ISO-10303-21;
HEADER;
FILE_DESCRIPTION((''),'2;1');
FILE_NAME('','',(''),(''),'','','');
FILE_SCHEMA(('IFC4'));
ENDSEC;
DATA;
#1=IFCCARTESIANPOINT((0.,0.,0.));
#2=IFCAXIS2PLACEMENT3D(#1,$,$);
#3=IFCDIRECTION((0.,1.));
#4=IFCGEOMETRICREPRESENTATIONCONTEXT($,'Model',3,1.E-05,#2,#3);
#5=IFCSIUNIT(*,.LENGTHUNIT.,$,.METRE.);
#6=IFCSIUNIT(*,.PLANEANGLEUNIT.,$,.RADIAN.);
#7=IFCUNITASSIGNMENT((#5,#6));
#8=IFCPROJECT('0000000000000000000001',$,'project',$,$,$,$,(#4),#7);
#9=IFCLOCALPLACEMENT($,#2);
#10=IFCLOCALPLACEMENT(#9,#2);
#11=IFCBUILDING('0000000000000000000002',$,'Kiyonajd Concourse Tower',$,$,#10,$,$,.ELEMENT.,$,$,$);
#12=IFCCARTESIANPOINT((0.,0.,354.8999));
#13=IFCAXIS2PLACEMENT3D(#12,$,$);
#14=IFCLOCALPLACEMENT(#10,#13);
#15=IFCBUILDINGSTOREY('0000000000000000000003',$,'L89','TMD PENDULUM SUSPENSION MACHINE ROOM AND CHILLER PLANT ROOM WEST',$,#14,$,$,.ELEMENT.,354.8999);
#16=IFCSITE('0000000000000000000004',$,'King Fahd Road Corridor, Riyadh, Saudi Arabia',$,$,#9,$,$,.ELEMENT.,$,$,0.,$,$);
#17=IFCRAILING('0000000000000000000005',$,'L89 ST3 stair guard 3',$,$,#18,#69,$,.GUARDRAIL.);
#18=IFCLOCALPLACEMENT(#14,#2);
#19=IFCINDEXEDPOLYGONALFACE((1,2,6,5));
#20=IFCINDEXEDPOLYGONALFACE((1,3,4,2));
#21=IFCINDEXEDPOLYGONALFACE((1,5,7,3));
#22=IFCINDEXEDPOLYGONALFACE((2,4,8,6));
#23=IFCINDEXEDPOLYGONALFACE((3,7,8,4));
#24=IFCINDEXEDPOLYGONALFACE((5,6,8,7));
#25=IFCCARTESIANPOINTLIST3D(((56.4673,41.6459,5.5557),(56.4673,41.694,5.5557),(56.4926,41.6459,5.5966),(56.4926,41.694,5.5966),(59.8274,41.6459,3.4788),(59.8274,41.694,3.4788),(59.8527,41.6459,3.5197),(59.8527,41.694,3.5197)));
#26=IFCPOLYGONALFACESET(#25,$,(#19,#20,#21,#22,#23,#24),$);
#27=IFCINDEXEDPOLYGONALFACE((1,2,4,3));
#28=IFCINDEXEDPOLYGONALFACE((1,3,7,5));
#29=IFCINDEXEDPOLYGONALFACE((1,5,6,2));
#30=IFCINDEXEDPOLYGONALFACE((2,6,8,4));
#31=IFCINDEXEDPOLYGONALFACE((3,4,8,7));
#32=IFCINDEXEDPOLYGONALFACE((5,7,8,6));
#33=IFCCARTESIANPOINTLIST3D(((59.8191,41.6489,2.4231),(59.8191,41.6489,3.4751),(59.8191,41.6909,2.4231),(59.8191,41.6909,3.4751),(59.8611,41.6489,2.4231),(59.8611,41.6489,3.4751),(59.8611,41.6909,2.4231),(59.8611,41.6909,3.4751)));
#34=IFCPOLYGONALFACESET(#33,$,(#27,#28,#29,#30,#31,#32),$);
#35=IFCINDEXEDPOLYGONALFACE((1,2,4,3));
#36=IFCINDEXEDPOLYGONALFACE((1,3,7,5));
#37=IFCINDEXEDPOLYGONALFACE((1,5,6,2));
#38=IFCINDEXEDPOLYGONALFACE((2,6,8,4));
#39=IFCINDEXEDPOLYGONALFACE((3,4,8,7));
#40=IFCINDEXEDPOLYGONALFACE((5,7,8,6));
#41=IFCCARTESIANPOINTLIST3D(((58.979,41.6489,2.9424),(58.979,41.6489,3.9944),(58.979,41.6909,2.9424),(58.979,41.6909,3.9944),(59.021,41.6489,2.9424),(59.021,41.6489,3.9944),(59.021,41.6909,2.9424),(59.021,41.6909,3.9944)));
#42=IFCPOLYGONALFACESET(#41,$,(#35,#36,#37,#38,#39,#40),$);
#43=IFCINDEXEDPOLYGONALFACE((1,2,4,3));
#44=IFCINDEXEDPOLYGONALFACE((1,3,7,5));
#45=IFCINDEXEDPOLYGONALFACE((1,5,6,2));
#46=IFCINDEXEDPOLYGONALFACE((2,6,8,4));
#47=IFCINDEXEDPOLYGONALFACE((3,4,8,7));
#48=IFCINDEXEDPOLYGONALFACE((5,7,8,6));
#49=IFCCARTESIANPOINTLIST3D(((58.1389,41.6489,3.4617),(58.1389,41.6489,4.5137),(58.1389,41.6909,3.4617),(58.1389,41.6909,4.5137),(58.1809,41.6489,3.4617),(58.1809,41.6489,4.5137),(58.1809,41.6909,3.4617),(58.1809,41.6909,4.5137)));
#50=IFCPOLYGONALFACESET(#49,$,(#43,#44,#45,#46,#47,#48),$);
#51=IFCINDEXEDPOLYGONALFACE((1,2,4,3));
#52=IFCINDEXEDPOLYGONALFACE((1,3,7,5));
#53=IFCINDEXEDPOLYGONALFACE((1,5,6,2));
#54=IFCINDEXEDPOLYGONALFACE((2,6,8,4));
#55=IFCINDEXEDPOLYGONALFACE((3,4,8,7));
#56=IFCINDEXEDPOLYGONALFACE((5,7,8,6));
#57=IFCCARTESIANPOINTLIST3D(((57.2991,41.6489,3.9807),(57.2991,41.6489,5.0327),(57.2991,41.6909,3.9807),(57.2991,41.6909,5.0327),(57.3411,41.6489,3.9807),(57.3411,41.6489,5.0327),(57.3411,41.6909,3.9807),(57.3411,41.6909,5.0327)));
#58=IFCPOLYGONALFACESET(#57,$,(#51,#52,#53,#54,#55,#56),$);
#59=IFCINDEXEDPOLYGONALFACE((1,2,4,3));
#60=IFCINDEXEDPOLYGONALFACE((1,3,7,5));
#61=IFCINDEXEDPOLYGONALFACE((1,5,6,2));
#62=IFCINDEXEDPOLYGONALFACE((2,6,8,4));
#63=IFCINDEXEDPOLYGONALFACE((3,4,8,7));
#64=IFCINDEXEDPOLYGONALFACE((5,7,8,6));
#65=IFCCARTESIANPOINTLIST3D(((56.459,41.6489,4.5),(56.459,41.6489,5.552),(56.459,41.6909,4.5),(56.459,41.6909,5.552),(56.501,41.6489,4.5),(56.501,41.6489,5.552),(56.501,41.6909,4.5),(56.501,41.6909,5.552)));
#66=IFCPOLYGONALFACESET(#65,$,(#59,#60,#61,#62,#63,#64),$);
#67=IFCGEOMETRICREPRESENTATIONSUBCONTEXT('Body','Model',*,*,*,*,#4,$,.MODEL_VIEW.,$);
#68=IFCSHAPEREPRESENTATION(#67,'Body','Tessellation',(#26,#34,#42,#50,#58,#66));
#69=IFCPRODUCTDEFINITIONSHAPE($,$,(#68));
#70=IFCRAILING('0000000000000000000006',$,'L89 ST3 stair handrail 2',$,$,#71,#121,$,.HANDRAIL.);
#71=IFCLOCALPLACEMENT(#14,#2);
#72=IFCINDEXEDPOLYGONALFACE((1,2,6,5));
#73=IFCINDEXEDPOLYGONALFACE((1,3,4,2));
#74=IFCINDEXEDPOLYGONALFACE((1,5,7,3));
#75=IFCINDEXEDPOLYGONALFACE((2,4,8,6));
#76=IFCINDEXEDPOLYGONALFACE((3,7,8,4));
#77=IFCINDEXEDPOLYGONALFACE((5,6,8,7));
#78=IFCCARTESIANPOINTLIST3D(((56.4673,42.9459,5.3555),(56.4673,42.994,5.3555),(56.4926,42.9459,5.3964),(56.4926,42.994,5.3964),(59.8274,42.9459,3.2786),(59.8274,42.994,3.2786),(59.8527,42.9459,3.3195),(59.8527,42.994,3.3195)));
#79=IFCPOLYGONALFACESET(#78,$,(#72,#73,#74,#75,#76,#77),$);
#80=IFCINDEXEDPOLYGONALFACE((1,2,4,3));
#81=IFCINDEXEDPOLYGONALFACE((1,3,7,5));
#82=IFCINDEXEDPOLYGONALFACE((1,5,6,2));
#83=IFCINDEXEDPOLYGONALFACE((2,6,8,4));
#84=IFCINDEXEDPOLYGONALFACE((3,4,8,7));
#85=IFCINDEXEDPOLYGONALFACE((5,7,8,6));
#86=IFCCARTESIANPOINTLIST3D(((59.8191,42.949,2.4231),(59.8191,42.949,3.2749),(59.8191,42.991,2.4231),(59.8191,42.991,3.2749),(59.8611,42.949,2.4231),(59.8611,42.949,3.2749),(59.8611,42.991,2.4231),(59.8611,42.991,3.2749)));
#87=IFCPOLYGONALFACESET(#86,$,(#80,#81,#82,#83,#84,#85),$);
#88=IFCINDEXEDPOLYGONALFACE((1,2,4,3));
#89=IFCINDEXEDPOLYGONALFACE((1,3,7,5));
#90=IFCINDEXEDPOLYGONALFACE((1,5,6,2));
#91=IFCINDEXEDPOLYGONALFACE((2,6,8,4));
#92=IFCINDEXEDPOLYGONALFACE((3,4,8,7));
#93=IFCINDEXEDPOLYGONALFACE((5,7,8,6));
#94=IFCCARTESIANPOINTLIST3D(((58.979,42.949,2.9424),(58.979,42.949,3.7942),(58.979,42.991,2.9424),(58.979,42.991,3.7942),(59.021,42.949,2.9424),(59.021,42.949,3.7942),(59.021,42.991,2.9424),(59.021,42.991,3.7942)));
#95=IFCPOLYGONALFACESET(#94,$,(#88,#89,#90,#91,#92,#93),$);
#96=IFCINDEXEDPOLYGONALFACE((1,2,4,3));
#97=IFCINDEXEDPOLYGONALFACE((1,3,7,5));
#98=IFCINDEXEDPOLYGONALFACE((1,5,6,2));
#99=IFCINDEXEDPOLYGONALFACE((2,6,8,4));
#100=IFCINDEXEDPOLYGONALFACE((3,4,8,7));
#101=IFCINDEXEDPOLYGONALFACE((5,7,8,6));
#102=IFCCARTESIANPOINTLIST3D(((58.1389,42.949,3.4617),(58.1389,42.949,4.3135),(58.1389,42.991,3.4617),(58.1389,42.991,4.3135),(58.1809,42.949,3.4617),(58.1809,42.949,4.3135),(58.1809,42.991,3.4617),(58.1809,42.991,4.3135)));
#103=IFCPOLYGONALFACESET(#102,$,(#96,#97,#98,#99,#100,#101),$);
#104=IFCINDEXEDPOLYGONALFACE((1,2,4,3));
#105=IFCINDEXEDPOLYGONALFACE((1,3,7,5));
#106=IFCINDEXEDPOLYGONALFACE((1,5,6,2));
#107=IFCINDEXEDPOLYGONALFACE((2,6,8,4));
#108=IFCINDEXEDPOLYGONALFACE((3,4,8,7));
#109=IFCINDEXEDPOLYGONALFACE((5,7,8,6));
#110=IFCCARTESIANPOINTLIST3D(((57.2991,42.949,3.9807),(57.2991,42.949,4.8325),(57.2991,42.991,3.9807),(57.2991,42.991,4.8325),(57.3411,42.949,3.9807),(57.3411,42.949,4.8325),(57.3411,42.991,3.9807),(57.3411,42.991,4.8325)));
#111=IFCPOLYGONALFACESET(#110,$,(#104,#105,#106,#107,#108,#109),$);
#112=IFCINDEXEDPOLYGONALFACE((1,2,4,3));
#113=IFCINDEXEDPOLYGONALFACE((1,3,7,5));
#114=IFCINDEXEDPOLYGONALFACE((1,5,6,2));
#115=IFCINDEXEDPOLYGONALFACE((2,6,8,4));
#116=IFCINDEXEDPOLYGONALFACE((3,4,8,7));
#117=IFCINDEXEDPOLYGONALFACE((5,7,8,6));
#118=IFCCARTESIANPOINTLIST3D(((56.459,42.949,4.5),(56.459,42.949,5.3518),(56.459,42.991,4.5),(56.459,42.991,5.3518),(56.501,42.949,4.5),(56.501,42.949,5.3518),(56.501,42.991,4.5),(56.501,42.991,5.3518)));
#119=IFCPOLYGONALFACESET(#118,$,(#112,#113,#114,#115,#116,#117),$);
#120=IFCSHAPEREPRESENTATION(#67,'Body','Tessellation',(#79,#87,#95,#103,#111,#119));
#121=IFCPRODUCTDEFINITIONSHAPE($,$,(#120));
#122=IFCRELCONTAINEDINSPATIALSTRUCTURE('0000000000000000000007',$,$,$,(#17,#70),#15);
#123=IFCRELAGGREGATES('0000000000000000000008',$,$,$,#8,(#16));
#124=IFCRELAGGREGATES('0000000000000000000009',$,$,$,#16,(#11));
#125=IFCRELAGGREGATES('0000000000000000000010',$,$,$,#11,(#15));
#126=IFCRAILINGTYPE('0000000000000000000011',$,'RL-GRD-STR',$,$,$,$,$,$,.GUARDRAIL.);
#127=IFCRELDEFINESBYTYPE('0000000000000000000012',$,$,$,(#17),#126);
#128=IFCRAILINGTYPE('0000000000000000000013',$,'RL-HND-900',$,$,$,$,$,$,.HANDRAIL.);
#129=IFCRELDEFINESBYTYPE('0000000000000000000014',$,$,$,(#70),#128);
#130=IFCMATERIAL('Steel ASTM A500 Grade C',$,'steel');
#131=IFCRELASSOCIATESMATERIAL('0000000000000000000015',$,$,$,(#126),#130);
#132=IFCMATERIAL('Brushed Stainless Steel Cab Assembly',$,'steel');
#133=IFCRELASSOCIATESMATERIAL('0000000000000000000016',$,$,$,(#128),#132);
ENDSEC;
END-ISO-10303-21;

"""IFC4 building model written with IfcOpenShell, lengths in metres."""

from ifc_helpers import new_model, si_unit, direction, frame, origin, origin_2d, place, context, subcontext, project, spatial, rectangle, extrude, material, type_object, element, save


model = new_model("IFC4")

# Units and contexts
model_context = context("Model", 3, precision=1e-05, world=origin(), true_north=direction((0.0, 1.0)))
body_context = subcontext(model_context, "Body", "Model", "MODEL_VIEW")
ifc_project = project(units=[si_unit("LENGTHUNIT", "METRE"), si_unit("PLANEANGLEUNIT", "RADIAN")], contexts=[model_context])

# Site, building, storey
site_placement = place(None, origin())
site = spatial("IfcSite", under=ifc_project, at=site_placement, Name="King Fahd Road Corridor, Riyadh, Saudi Arabia", CompositionType="ELEMENT", RefElevation=0.0)
building_placement = place(site_placement, origin())
building = spatial("IfcBuilding", under=site, at=building_placement, Name="Kiyonajd Concourse Tower", CompositionType="ELEMENT")
storey_placement = place(building_placement, frame((0.0, 0.0, 354.8999)))
storey = spatial("IfcBuildingStorey", under=building, at=storey_placement, Name="L89", Description="TMD PENDULUM SUSPENSION MACHINE ROOM AND CHILLER PLANT ROOM WEST", CompositionType="ELEMENT", Elevation=354.8999)

# Railings
ifc_material_1 = material(Name="Steel ASTM A500 Grade C", Category="steel")
railing_type_1 = type_object("IfcRailingType", Name="RL-GRD-STR", PredefinedType="GUARDRAIL", material=ifc_material_1)
railing_1_placement = place(storey_placement, frame((59.8401, 41.6699, 2.4231)))
element("IfcRailing", 1, at=railing_1_placement, inside=storey, type_object=railing_type_1, Name="L89 ST3 stair guard 3", PredefinedType="GUARDRAIL", context=body_context, shape_type="SweptSolid", body=[
    extrude(rectangle(XDim=0.0481, YDim=0.0481, at=origin_2d()), frame((0.0, 0.0, 1.0762), z_axis=(-0.850623, 0.0, 0.525776), x_axis=(0.0, -1.0, 0.0)), (0.0, 0.0, 1.0), 3.9502),
    extrude(rectangle(XDim=0.042, YDim=0.042, at=origin_2d()), origin(), (0.0, 0.0, 1.0), 1.052),
    extrude(rectangle(XDim=0.042, YDim=0.042, at=origin_2d()), frame((-0.8401, 0.0, 0.5193)), (0.0, 0.0, 1.0), 1.052),
    extrude(rectangle(XDim=0.042, YDim=0.042, at=origin_2d()), frame((-1.6802, 0.0, 1.0386)), (0.0, 0.0, 1.0), 1.052),
    extrude(rectangle(XDim=0.042, YDim=0.042, at=origin_2d()), frame((-2.52, 0.0, 1.5576)), (0.0, 0.0, 1.0), 1.052),
    extrude(rectangle(XDim=0.042, YDim=0.042, at=origin_2d()), frame((-3.3601, 0.0, 2.0769)), (0.0, 0.0, 1.0), 1.052),
])
ifc_material_2 = material(Name="Brushed Stainless Steel Cab Assembly", Category="steel")
railing_type_2 = type_object("IfcRailingType", Name="RL-HND-900", PredefinedType="HANDRAIL", material=ifc_material_2)
railing_2_placement = place(storey_placement, frame((59.8401, 42.97, 2.4231)))
element("IfcRailing", 2, at=railing_2_placement, inside=storey, type_object=railing_type_2, Name="L89 ST3 stair handrail 2", PredefinedType="HANDRAIL", context=body_context, shape_type="SweptSolid", body=[
    extrude(rectangle(XDim=0.0481, YDim=0.0481, at=origin_2d()), frame((0.0, 0.0, 0.876), z_axis=(-0.850623, 0.0, 0.525776), x_axis=(0.0, -1.0, 0.0)), (0.0, 0.0, 1.0), 3.9502),
    extrude(rectangle(XDim=0.042, YDim=0.042, at=origin_2d()), origin(), (0.0, 0.0, 1.0), 0.8518),
    extrude(rectangle(XDim=0.042, YDim=0.042, at=origin_2d()), frame((-0.8401, 0.0, 0.5193)), (0.0, 0.0, 1.0), 0.8518),
    extrude(rectangle(XDim=0.042, YDim=0.042, at=origin_2d()), frame((-1.6802, 0.0, 1.0386)), (0.0, 0.0, 1.0), 0.8518),
    extrude(rectangle(XDim=0.042, YDim=0.042, at=origin_2d()), frame((-2.52, 0.0, 1.5576)), (0.0, 0.0, 1.0), 0.8518),
    extrude(rectangle(XDim=0.042, YDim=0.042, at=origin_2d()), frame((-3.3601, 0.0, 2.0769)), (0.0, 0.0, 1.0), 0.8518),
])

save(model, "model.ifc")
